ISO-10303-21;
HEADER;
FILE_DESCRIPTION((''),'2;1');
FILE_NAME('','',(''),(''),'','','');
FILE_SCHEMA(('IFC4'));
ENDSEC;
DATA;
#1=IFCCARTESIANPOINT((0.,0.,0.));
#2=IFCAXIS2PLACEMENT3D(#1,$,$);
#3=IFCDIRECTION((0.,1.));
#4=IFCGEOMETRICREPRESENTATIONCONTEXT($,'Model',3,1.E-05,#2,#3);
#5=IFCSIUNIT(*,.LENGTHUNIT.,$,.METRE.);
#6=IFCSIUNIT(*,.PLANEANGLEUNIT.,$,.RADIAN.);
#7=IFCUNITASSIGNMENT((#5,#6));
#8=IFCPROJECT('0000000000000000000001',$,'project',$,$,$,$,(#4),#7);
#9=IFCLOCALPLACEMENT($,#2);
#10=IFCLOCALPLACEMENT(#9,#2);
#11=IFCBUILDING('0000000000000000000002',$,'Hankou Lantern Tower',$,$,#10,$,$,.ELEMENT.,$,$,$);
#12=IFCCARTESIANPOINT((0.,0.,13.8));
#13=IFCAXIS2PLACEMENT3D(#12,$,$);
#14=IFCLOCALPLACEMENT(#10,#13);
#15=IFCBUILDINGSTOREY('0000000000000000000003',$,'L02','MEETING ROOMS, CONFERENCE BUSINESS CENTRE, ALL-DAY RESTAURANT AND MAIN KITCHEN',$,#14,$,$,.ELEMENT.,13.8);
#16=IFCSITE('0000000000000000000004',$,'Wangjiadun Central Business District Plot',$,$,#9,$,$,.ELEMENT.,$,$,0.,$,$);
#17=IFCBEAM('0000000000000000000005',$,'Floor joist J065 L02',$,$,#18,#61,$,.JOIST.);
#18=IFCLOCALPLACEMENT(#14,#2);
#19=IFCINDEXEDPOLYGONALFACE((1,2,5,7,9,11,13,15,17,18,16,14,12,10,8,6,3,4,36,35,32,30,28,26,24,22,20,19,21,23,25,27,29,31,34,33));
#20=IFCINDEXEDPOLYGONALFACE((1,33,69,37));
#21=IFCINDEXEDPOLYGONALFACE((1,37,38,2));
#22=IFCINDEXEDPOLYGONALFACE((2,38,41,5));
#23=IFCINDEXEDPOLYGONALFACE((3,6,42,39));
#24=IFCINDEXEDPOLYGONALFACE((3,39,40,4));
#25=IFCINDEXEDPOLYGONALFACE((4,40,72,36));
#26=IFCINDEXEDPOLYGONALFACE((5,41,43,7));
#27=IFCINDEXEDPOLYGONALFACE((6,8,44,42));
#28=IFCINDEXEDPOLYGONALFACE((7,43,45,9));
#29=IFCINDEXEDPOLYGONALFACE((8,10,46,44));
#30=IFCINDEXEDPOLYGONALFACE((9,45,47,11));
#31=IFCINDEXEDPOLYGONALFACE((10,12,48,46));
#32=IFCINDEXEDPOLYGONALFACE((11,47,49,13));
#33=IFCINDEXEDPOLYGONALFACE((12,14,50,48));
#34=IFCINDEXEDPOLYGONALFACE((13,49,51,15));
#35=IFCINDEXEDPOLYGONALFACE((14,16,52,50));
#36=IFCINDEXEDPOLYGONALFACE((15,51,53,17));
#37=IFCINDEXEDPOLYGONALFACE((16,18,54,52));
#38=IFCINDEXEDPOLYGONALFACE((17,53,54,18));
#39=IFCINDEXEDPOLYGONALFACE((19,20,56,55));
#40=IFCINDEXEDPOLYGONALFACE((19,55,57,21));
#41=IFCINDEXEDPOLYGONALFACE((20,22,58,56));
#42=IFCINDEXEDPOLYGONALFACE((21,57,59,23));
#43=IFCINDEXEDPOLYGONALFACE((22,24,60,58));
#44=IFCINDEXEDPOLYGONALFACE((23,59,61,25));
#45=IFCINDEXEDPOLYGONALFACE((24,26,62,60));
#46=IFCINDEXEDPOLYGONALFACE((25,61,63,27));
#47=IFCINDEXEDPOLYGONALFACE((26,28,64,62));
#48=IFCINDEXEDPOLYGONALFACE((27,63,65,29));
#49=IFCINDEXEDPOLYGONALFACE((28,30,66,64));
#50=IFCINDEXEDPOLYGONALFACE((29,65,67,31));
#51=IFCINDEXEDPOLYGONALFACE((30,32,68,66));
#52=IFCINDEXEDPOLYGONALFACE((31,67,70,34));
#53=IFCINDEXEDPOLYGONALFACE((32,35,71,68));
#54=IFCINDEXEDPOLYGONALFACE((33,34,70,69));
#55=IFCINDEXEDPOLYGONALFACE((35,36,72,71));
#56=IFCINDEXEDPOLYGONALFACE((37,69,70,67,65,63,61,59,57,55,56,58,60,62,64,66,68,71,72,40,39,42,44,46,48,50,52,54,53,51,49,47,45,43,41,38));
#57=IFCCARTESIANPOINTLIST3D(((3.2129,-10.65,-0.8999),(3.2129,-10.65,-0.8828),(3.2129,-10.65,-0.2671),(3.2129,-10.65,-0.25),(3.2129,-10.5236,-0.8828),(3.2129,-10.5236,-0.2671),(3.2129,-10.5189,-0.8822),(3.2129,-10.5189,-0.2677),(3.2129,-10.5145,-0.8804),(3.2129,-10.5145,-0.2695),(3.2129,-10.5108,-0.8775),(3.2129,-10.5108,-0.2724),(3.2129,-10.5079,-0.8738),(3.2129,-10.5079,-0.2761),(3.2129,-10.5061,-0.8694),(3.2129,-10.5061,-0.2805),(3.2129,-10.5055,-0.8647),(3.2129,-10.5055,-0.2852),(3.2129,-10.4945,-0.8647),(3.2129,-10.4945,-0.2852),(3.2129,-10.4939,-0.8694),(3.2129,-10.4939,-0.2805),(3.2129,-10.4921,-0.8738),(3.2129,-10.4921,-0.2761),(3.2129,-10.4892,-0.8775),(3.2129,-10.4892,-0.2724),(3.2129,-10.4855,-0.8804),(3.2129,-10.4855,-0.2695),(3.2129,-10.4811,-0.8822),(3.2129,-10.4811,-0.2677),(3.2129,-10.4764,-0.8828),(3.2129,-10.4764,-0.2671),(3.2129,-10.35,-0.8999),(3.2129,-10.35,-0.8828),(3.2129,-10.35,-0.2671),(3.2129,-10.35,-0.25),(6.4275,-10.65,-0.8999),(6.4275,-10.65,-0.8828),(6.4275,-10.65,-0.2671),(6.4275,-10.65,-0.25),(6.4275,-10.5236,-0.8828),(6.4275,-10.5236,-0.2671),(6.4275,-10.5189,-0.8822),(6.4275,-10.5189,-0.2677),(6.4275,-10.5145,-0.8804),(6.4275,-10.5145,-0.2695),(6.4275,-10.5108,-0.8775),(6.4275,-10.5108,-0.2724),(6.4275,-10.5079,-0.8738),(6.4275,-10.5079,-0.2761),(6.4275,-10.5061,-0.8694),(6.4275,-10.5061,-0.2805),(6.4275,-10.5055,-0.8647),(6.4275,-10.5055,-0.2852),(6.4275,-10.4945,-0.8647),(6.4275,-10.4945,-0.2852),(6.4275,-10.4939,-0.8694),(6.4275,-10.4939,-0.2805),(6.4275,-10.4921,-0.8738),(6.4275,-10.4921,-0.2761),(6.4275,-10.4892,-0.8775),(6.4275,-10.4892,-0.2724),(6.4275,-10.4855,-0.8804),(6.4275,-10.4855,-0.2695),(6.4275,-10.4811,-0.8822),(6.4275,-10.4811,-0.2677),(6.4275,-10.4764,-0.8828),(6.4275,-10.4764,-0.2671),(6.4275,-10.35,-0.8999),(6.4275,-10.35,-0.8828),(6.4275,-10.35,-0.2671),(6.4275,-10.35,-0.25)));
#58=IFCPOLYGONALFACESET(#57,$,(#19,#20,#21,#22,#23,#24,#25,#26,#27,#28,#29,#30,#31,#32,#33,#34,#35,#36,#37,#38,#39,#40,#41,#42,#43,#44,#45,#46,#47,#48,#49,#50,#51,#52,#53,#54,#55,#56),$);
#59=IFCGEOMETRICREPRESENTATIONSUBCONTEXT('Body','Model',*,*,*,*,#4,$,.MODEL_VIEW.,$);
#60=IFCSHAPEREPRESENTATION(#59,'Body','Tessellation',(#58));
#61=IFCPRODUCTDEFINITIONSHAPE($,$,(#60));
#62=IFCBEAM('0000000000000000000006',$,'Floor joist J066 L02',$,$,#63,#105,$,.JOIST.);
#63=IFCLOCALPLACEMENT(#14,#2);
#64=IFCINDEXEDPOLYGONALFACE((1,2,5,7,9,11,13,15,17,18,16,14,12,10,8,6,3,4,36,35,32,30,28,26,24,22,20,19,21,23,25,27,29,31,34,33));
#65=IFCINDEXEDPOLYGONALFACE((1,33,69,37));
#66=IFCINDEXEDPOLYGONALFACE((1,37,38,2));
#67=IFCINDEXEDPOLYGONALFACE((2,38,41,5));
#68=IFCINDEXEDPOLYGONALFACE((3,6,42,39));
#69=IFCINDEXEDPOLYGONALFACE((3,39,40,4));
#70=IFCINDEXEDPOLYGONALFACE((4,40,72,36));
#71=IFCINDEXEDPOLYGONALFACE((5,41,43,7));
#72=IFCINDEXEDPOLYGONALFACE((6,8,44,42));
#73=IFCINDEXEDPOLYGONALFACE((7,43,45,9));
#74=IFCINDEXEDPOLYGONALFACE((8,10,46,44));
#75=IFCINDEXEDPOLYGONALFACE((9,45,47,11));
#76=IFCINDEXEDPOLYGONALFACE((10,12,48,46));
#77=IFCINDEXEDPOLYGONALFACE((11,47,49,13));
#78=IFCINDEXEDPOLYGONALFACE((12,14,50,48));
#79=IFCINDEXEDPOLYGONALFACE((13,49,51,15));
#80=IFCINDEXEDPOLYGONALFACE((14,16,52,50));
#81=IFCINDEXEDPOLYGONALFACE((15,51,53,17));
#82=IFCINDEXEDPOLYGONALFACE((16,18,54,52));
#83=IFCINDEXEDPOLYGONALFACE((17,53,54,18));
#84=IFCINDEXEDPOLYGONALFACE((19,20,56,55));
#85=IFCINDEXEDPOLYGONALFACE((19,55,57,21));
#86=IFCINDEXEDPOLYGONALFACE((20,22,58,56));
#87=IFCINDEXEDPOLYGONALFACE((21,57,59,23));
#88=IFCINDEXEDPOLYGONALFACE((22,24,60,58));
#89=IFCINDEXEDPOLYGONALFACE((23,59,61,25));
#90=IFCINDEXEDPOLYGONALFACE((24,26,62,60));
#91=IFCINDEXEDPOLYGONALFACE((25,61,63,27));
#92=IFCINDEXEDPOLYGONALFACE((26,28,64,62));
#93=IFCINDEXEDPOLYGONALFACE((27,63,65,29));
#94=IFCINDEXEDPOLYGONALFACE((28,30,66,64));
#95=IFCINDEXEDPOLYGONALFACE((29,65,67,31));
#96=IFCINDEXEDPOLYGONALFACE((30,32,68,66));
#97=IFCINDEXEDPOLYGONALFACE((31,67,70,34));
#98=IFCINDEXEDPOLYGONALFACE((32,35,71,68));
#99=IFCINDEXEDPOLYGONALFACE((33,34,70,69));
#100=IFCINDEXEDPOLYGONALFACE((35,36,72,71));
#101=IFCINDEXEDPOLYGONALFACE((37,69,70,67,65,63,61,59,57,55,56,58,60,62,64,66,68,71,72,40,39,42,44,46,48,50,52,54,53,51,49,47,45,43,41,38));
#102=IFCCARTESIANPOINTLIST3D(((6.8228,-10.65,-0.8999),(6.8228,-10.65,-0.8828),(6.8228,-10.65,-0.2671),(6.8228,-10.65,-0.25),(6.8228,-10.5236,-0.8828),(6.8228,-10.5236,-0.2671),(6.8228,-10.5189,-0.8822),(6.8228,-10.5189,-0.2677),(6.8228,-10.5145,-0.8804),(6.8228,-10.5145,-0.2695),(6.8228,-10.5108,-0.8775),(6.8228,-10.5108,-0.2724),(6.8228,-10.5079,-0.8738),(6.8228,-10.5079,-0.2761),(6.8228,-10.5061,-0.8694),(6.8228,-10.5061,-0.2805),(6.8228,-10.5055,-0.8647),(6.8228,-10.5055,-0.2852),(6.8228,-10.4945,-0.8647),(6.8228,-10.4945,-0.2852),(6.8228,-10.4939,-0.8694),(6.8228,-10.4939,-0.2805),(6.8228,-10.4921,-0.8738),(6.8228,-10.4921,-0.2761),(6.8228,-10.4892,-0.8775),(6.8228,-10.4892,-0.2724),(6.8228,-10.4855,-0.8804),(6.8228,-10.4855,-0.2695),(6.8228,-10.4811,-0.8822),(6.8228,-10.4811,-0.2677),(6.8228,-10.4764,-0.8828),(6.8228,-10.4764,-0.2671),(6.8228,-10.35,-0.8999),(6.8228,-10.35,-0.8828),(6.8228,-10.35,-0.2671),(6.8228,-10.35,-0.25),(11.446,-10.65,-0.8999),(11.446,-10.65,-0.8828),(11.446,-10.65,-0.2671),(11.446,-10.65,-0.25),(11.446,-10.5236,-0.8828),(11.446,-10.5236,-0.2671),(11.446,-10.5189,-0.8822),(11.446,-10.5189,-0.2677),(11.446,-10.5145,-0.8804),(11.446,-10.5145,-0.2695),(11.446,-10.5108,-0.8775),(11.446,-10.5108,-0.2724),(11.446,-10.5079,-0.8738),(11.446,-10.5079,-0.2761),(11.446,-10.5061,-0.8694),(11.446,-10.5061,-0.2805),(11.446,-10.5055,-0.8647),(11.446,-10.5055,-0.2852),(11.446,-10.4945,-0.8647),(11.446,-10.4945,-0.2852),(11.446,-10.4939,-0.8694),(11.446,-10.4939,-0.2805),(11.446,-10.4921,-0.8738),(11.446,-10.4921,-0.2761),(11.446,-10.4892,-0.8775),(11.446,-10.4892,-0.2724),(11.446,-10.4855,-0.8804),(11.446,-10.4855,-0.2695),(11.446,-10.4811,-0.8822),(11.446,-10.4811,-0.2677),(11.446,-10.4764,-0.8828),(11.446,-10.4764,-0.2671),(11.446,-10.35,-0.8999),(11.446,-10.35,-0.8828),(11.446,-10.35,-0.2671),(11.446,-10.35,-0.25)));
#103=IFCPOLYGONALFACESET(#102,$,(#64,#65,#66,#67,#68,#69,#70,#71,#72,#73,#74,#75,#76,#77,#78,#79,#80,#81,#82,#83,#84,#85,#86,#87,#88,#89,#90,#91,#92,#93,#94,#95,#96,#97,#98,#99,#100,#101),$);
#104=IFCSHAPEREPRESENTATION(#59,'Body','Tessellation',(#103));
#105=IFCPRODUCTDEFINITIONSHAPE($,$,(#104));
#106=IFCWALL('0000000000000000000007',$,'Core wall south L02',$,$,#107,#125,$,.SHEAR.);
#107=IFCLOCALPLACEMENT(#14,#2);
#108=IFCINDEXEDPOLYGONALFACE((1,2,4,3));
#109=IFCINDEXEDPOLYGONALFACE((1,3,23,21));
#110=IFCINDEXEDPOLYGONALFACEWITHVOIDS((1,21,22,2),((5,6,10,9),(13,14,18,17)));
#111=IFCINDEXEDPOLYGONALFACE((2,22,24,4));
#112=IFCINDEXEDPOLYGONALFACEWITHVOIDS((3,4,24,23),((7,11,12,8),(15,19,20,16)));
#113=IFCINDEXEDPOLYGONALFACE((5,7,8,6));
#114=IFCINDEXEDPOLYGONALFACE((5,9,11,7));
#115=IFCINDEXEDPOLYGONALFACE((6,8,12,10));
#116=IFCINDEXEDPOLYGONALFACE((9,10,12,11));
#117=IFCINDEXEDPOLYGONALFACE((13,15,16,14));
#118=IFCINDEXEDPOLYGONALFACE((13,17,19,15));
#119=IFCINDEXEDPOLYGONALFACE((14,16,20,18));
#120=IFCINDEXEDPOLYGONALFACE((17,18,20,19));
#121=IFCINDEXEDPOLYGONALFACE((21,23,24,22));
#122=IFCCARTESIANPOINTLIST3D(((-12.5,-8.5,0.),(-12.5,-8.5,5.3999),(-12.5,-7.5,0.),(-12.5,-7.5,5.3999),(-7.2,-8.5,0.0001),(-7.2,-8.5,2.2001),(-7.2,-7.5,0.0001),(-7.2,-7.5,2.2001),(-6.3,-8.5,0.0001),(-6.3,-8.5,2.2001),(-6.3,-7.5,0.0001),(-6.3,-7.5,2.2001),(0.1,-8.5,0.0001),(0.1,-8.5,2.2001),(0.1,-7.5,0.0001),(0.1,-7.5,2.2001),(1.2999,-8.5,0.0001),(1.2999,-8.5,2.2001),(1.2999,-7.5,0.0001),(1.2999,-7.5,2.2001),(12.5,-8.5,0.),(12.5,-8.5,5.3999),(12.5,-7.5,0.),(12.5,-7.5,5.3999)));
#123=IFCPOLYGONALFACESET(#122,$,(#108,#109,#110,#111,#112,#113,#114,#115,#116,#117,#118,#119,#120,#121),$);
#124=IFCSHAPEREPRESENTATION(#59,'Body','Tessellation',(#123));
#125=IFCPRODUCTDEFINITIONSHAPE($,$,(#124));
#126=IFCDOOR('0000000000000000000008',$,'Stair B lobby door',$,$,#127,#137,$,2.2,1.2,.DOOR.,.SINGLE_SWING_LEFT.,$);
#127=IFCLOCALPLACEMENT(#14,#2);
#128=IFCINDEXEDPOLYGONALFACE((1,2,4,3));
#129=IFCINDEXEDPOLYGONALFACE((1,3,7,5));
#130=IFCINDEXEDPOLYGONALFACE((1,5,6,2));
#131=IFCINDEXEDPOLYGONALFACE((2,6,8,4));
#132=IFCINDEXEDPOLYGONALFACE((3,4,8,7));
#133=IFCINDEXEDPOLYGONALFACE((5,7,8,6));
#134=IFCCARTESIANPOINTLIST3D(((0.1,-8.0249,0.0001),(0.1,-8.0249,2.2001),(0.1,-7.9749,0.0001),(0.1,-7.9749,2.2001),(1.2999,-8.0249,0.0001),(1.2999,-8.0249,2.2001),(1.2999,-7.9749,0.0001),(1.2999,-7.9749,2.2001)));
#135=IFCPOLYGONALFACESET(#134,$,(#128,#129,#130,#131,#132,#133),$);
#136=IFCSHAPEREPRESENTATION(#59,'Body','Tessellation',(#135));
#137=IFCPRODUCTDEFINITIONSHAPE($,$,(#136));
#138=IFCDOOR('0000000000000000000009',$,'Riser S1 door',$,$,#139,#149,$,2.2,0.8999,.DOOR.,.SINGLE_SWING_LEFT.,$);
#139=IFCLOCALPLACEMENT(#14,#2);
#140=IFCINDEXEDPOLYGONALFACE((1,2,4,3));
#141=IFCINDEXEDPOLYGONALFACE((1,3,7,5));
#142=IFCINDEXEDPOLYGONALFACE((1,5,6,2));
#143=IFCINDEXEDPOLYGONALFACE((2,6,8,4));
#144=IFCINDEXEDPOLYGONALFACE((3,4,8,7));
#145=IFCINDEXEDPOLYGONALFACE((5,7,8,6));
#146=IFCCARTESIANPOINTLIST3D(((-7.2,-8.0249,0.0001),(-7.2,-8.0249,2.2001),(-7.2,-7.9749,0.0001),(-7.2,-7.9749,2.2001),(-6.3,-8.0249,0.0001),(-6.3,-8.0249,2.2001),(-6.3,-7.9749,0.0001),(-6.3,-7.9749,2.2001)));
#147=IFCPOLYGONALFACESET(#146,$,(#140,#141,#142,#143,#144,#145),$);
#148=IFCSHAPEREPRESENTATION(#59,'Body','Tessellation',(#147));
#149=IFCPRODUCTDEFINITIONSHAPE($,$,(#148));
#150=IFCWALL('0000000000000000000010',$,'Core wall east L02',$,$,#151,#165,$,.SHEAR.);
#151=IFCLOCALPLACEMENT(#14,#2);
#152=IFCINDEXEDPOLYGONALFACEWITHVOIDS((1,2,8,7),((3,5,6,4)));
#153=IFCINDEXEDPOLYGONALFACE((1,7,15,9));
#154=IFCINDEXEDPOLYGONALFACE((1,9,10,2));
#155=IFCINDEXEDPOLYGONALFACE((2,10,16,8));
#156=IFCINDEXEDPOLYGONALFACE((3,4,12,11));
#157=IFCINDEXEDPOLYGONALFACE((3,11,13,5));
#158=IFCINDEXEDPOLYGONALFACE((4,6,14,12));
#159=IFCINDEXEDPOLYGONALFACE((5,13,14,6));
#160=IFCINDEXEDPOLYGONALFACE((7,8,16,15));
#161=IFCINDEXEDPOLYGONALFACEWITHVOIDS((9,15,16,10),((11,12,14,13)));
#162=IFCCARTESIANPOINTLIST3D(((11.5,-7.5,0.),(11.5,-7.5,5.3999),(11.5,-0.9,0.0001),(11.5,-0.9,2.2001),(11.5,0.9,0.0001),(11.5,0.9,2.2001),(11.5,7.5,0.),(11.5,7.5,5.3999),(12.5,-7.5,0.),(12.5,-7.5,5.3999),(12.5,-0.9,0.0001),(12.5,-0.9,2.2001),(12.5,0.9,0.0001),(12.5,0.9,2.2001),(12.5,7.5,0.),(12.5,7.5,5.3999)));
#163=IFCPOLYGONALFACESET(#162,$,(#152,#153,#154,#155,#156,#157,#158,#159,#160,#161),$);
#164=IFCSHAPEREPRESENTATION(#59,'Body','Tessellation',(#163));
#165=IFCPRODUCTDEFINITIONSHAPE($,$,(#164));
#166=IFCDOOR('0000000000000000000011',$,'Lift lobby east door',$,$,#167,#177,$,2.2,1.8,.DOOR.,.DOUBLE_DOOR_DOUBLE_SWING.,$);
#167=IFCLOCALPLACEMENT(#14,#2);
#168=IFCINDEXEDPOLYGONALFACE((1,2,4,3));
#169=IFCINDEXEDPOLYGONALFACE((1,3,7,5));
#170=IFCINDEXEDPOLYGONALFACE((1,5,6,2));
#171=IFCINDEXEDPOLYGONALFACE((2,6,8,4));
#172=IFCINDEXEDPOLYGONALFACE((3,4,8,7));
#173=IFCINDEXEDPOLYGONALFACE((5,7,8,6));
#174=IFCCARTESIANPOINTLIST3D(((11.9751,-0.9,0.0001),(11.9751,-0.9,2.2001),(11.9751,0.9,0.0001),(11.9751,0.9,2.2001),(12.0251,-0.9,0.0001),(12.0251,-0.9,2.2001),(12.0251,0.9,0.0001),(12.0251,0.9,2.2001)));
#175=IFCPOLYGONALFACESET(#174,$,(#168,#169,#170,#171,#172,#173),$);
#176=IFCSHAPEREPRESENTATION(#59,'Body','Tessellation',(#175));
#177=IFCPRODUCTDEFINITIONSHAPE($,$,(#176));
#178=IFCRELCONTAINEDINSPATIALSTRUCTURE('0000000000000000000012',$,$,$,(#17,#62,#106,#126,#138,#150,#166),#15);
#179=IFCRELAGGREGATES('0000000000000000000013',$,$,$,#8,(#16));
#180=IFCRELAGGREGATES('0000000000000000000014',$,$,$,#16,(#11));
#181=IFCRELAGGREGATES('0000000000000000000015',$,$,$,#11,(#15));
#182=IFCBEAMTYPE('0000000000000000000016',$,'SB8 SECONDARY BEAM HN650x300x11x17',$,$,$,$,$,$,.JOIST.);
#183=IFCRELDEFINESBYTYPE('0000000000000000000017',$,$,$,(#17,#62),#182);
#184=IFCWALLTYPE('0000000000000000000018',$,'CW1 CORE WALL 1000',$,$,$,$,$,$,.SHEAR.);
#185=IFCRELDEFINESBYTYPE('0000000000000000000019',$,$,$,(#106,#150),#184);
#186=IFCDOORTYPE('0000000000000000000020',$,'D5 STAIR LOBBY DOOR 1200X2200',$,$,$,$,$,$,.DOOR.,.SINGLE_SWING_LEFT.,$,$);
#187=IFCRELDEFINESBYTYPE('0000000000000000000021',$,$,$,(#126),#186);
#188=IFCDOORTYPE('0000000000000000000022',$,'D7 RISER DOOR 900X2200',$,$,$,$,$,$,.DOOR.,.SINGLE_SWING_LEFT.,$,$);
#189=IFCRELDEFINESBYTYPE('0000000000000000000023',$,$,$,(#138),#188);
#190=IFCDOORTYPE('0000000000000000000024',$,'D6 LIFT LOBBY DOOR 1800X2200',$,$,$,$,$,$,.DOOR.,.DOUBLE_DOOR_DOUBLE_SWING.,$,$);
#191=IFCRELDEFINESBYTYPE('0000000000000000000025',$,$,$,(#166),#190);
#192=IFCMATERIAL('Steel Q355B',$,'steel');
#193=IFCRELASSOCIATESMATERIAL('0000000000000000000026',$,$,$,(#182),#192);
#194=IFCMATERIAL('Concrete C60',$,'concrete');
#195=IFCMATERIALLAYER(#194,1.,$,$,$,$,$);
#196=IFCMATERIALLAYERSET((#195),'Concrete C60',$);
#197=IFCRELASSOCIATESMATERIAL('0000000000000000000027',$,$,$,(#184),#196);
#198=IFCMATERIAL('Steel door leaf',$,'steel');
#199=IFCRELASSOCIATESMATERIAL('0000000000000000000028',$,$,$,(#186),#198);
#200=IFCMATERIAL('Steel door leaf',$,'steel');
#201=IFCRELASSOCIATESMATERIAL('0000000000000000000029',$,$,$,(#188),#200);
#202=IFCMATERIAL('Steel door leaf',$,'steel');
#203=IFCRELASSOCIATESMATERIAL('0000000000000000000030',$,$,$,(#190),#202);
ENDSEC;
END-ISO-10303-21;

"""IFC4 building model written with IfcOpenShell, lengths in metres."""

from ifc_helpers import new_model, si_unit, direction, frame, frame_2d, origin, origin_2d, place, context, subcontext, project, spatial, rectangle, i_section, extrude, material, layer, layer_set, material_profile, profile_set, type_object, element, fill, save


model = new_model("IFC4")

# Units and contexts
model_context = context("Model", 3, precision=1e-05, world=origin(), true_north=direction((0.0, 1.0)))
body_context = subcontext(model_context, "Body", "Model", "MODEL_VIEW")
ifc_project = project(units=[si_unit("LENGTHUNIT", "METRE"), si_unit("PLANEANGLEUNIT", "RADIAN")], contexts=[model_context])

# Site, building, storey
site_placement = place(None, origin())
site = spatial("IfcSite", under=ifc_project, at=site_placement, Name="Wangjiadun Central Business District Plot", CompositionType="ELEMENT", RefElevation=0.0)
building_placement = place(site_placement, origin())
building = spatial("IfcBuilding", under=site, at=building_placement, Name="Hankou Lantern Tower", CompositionType="ELEMENT")
storey_placement = place(building_placement, frame((0.0, 0.0, 13.8)))
storey = spatial("IfcBuildingStorey", under=building, at=storey_placement, Name="L02", Description="MEETING ROOMS, CONFERENCE BUSINESS CENTRE, ALL-DAY RESTAURANT AND MAIN KITCHEN", CompositionType="ELEMENT", Elevation=13.8)

# Beams
ifc_material_1 = material(Name="Steel Q355B", Category="steel")
ifc_material_profile_1 = material_profile(ifc_material_1, i_section(OverallWidth=0.3, OverallDepth=0.6499, WebThickness=0.011, FlangeThickness=0.0171, FilletRadius=0.0181, at=origin_2d()), Name="HN650x300x11x17")
ifc_profile_set_1 = profile_set([ifc_material_profile_1], Name="Steel Q355B")
beam_type_1 = type_object("IfcBeamType", Name="SB8 SECONDARY BEAM HN650x300x11x17", PredefinedType="JOIST", material=ifc_profile_set_1)
beam_1_placement = place(storey_placement, frame((3.2129, -10.5, -0.575), z_axis=(1.0, 0.0, 0.0), x_axis=(0.0, 1.0, 0.0)))
element("IfcBeam", 1, at=beam_1_placement, inside=storey, type_object=beam_type_1, Name="Floor joist J065 L02", PredefinedType="JOIST", context=body_context, shape_type="SweptSolid", body=[
    extrude(i_section(OverallWidth=0.3, OverallDepth=0.6499, WebThickness=0.011, FlangeThickness=0.0171, FilletRadius=0.0181, at=origin_2d()), origin(), (0.0, 0.0, 1.0), 3.2146),
])
beam_2_placement = place(storey_placement, frame((6.8228, -10.5, -0.575), z_axis=(1.0, 0.0, 0.0), x_axis=(0.0, 1.0, 0.0)))
element("IfcBeam", 2, at=beam_2_placement, inside=storey, type_object=beam_type_1, Name="Floor joist J066 L02", PredefinedType="JOIST", context=body_context, shape_type="SweptSolid", body=[
    extrude(i_section(OverallWidth=0.3, OverallDepth=0.6499, WebThickness=0.011, FlangeThickness=0.0171, FilletRadius=0.0181, at=origin_2d()), origin(), (0.0, 0.0, 1.0), 4.6233),
])

# Wall, openings, doors
ifc_material_2 = material(Name="Concrete C60", Category="concrete")
ifc_layer_1 = layer(ifc_material_2, 1.0)
ifc_layer_set_1 = layer_set([ifc_layer_1], Name="Concrete C60")
wall_type_1 = type_object("IfcWallType", Name="CW1 CORE WALL 1000", PredefinedType="SHEAR", material=ifc_layer_set_1)
wall_1_placement = place(storey_placement, frame((12.5, -8.0, 0.0), z_axis=(0.0, 0.0, 1.0), x_axis=(-1.0, 0.0, 0.0)))
wall_1 = element("IfcWall", 3, at=wall_1_placement, inside=storey, type_object=wall_type_1, Name="Core wall south L02", PredefinedType="SHEAR", context=body_context, shape_type="SweptSolid", body=[
    extrude(rectangle(XDim=25.0, YDim=1.0, at=frame_2d((12.5, 0.0))), origin(), (0.0, 0.0, 1.0), 5.3999),
])
opening_1_placement = place(wall_1_placement, frame((11.2, 0.0, 0.0)))
opening_1 = element("IfcOpeningElement", 4, at=opening_1_placement, cuts=wall_1, PredefinedType="OPENING", context=body_context, shape_type="SweptSolid", body=[
    extrude(rectangle(XDim=1.2, YDim=2.2, at=frame_2d((0.6001, 1.1001))), frame((0.0, 0.51, 0.0), z_axis=(0.0, -1.0, 0.0), x_axis=(1.0, 0.0, 0.0)), (0.0, 0.0, 1.0), 1.02),
])
opening_2_placement = place(wall_1_placement, frame((18.8, 0.0, 0.0)))
opening_2 = element("IfcOpeningElement", 5, at=opening_2_placement, cuts=wall_1, PredefinedType="OPENING", context=body_context, shape_type="SweptSolid", body=[
    extrude(rectangle(XDim=0.8999, YDim=2.2, at=frame_2d((0.45, 1.1001))), frame((0.0, 0.51, 0.0), z_axis=(0.0, -1.0, 0.0), x_axis=(1.0, 0.0, 0.0)), (0.0, 0.0, 1.0), 1.02),
])
ifc_material_3 = material(Name="Steel door leaf", Category="steel")
door_type_1 = type_object("IfcDoorType", Name="D5 STAIR LOBBY DOOR 1200X2200", OperationType="SINGLE_SWING_LEFT", PredefinedType="DOOR", material=ifc_material_3)
door_1_placement = place(opening_1_placement, origin())
door_1 = element("IfcDoor", 6, at=door_1_placement, inside=storey, type_object=door_type_1, Name="Stair B lobby door", OperationType="SINGLE_SWING_LEFT", OverallHeight=2.2, OverallWidth=1.2, PredefinedType="DOOR", context=body_context, shape_type="SweptSolid", body=[
    extrude(rectangle(XDim=1.2, YDim=2.2, at=frame_2d((0.6001, 1.1001))), frame((0.0, 0.0249, 0.0), z_axis=(0.0, -1.0, 0.0), x_axis=(1.0, 0.0, 0.0)), (0.0, 0.0, 1.0), 0.05),
])
fill(opening_1, door_1)
ifc_material_4 = material(Name="Steel door leaf", Category="steel")
door_type_2 = type_object("IfcDoorType", Name="D7 RISER DOOR 900X2200", OperationType="SINGLE_SWING_LEFT", PredefinedType="DOOR", material=ifc_material_4)
door_2_placement = place(opening_2_placement, origin())
door_2 = element("IfcDoor", 7, at=door_2_placement, inside=storey, type_object=door_type_2, Name="Riser S1 door", OperationType="SINGLE_SWING_LEFT", OverallHeight=2.2, OverallWidth=0.8999, PredefinedType="DOOR", context=body_context, shape_type="SweptSolid", body=[
    extrude(rectangle(XDim=0.8999, YDim=2.2, at=frame_2d((0.45, 1.1001))), frame((0.0, 0.0249, 0.0), z_axis=(0.0, -1.0, 0.0), x_axis=(1.0, 0.0, 0.0)), (0.0, 0.0, 1.0), 0.05),
])
fill(opening_2, door_2)

# Wall, opening, door
wall_2_placement = place(storey_placement, frame((12.0, -7.5, 0.0), z_axis=(0.0, 0.0, 1.0), x_axis=(0.0, 1.0, 0.0)))
wall_2 = element("IfcWall", 8, at=wall_2_placement, inside=storey, type_object=wall_type_1, Name="Core wall east L02", PredefinedType="SHEAR", context=body_context, shape_type="SweptSolid", body=[
    extrude(rectangle(XDim=15.0, YDim=1.0, at=frame_2d((7.5, 0.0))), origin(), (0.0, 0.0, 1.0), 5.3999),
])
opening_3_placement = place(wall_2_placement, frame((6.6001, 0.0, 0.0)))
opening_3 = element("IfcOpeningElement", 9, at=opening_3_placement, cuts=wall_2, PredefinedType="OPENING", context=body_context, shape_type="SweptSolid", body=[
    extrude(rectangle(XDim=1.8, YDim=2.2, at=frame_2d((0.8999, 1.1001))), frame((0.0, 0.51, 0.0), z_axis=(0.0, -1.0, 0.0), x_axis=(1.0, 0.0, 0.0)), (0.0, 0.0, 1.0), 1.02),
])
ifc_material_5 = material(Name="Steel door leaf", Category="steel")
door_type_3 = type_object("IfcDoorType", Name="D6 LIFT LOBBY DOOR 1800X2200", OperationType="DOUBLE_DOOR_DOUBLE_SWING", PredefinedType="DOOR", material=ifc_material_5)
door_3_placement = place(opening_3_placement, origin())
door_3 = element("IfcDoor", 10, at=door_3_placement, inside=storey, type_object=door_type_3, Name="Lift lobby east door", OperationType="DOUBLE_DOOR_DOUBLE_SWING", OverallHeight=2.2, OverallWidth=1.8, PredefinedType="DOOR", context=body_context, shape_type="SweptSolid", body=[
    extrude(rectangle(XDim=1.8, YDim=2.2, at=frame_2d((0.8999, 1.1001))), frame((0.0, 0.0249, 0.0), z_axis=(0.0, -1.0, 0.0), x_axis=(1.0, 0.0, 0.0)), (0.0, 0.0, 1.0), 0.05),
])
fill(opening_3, door_3)

save(model, "model.ifc")
